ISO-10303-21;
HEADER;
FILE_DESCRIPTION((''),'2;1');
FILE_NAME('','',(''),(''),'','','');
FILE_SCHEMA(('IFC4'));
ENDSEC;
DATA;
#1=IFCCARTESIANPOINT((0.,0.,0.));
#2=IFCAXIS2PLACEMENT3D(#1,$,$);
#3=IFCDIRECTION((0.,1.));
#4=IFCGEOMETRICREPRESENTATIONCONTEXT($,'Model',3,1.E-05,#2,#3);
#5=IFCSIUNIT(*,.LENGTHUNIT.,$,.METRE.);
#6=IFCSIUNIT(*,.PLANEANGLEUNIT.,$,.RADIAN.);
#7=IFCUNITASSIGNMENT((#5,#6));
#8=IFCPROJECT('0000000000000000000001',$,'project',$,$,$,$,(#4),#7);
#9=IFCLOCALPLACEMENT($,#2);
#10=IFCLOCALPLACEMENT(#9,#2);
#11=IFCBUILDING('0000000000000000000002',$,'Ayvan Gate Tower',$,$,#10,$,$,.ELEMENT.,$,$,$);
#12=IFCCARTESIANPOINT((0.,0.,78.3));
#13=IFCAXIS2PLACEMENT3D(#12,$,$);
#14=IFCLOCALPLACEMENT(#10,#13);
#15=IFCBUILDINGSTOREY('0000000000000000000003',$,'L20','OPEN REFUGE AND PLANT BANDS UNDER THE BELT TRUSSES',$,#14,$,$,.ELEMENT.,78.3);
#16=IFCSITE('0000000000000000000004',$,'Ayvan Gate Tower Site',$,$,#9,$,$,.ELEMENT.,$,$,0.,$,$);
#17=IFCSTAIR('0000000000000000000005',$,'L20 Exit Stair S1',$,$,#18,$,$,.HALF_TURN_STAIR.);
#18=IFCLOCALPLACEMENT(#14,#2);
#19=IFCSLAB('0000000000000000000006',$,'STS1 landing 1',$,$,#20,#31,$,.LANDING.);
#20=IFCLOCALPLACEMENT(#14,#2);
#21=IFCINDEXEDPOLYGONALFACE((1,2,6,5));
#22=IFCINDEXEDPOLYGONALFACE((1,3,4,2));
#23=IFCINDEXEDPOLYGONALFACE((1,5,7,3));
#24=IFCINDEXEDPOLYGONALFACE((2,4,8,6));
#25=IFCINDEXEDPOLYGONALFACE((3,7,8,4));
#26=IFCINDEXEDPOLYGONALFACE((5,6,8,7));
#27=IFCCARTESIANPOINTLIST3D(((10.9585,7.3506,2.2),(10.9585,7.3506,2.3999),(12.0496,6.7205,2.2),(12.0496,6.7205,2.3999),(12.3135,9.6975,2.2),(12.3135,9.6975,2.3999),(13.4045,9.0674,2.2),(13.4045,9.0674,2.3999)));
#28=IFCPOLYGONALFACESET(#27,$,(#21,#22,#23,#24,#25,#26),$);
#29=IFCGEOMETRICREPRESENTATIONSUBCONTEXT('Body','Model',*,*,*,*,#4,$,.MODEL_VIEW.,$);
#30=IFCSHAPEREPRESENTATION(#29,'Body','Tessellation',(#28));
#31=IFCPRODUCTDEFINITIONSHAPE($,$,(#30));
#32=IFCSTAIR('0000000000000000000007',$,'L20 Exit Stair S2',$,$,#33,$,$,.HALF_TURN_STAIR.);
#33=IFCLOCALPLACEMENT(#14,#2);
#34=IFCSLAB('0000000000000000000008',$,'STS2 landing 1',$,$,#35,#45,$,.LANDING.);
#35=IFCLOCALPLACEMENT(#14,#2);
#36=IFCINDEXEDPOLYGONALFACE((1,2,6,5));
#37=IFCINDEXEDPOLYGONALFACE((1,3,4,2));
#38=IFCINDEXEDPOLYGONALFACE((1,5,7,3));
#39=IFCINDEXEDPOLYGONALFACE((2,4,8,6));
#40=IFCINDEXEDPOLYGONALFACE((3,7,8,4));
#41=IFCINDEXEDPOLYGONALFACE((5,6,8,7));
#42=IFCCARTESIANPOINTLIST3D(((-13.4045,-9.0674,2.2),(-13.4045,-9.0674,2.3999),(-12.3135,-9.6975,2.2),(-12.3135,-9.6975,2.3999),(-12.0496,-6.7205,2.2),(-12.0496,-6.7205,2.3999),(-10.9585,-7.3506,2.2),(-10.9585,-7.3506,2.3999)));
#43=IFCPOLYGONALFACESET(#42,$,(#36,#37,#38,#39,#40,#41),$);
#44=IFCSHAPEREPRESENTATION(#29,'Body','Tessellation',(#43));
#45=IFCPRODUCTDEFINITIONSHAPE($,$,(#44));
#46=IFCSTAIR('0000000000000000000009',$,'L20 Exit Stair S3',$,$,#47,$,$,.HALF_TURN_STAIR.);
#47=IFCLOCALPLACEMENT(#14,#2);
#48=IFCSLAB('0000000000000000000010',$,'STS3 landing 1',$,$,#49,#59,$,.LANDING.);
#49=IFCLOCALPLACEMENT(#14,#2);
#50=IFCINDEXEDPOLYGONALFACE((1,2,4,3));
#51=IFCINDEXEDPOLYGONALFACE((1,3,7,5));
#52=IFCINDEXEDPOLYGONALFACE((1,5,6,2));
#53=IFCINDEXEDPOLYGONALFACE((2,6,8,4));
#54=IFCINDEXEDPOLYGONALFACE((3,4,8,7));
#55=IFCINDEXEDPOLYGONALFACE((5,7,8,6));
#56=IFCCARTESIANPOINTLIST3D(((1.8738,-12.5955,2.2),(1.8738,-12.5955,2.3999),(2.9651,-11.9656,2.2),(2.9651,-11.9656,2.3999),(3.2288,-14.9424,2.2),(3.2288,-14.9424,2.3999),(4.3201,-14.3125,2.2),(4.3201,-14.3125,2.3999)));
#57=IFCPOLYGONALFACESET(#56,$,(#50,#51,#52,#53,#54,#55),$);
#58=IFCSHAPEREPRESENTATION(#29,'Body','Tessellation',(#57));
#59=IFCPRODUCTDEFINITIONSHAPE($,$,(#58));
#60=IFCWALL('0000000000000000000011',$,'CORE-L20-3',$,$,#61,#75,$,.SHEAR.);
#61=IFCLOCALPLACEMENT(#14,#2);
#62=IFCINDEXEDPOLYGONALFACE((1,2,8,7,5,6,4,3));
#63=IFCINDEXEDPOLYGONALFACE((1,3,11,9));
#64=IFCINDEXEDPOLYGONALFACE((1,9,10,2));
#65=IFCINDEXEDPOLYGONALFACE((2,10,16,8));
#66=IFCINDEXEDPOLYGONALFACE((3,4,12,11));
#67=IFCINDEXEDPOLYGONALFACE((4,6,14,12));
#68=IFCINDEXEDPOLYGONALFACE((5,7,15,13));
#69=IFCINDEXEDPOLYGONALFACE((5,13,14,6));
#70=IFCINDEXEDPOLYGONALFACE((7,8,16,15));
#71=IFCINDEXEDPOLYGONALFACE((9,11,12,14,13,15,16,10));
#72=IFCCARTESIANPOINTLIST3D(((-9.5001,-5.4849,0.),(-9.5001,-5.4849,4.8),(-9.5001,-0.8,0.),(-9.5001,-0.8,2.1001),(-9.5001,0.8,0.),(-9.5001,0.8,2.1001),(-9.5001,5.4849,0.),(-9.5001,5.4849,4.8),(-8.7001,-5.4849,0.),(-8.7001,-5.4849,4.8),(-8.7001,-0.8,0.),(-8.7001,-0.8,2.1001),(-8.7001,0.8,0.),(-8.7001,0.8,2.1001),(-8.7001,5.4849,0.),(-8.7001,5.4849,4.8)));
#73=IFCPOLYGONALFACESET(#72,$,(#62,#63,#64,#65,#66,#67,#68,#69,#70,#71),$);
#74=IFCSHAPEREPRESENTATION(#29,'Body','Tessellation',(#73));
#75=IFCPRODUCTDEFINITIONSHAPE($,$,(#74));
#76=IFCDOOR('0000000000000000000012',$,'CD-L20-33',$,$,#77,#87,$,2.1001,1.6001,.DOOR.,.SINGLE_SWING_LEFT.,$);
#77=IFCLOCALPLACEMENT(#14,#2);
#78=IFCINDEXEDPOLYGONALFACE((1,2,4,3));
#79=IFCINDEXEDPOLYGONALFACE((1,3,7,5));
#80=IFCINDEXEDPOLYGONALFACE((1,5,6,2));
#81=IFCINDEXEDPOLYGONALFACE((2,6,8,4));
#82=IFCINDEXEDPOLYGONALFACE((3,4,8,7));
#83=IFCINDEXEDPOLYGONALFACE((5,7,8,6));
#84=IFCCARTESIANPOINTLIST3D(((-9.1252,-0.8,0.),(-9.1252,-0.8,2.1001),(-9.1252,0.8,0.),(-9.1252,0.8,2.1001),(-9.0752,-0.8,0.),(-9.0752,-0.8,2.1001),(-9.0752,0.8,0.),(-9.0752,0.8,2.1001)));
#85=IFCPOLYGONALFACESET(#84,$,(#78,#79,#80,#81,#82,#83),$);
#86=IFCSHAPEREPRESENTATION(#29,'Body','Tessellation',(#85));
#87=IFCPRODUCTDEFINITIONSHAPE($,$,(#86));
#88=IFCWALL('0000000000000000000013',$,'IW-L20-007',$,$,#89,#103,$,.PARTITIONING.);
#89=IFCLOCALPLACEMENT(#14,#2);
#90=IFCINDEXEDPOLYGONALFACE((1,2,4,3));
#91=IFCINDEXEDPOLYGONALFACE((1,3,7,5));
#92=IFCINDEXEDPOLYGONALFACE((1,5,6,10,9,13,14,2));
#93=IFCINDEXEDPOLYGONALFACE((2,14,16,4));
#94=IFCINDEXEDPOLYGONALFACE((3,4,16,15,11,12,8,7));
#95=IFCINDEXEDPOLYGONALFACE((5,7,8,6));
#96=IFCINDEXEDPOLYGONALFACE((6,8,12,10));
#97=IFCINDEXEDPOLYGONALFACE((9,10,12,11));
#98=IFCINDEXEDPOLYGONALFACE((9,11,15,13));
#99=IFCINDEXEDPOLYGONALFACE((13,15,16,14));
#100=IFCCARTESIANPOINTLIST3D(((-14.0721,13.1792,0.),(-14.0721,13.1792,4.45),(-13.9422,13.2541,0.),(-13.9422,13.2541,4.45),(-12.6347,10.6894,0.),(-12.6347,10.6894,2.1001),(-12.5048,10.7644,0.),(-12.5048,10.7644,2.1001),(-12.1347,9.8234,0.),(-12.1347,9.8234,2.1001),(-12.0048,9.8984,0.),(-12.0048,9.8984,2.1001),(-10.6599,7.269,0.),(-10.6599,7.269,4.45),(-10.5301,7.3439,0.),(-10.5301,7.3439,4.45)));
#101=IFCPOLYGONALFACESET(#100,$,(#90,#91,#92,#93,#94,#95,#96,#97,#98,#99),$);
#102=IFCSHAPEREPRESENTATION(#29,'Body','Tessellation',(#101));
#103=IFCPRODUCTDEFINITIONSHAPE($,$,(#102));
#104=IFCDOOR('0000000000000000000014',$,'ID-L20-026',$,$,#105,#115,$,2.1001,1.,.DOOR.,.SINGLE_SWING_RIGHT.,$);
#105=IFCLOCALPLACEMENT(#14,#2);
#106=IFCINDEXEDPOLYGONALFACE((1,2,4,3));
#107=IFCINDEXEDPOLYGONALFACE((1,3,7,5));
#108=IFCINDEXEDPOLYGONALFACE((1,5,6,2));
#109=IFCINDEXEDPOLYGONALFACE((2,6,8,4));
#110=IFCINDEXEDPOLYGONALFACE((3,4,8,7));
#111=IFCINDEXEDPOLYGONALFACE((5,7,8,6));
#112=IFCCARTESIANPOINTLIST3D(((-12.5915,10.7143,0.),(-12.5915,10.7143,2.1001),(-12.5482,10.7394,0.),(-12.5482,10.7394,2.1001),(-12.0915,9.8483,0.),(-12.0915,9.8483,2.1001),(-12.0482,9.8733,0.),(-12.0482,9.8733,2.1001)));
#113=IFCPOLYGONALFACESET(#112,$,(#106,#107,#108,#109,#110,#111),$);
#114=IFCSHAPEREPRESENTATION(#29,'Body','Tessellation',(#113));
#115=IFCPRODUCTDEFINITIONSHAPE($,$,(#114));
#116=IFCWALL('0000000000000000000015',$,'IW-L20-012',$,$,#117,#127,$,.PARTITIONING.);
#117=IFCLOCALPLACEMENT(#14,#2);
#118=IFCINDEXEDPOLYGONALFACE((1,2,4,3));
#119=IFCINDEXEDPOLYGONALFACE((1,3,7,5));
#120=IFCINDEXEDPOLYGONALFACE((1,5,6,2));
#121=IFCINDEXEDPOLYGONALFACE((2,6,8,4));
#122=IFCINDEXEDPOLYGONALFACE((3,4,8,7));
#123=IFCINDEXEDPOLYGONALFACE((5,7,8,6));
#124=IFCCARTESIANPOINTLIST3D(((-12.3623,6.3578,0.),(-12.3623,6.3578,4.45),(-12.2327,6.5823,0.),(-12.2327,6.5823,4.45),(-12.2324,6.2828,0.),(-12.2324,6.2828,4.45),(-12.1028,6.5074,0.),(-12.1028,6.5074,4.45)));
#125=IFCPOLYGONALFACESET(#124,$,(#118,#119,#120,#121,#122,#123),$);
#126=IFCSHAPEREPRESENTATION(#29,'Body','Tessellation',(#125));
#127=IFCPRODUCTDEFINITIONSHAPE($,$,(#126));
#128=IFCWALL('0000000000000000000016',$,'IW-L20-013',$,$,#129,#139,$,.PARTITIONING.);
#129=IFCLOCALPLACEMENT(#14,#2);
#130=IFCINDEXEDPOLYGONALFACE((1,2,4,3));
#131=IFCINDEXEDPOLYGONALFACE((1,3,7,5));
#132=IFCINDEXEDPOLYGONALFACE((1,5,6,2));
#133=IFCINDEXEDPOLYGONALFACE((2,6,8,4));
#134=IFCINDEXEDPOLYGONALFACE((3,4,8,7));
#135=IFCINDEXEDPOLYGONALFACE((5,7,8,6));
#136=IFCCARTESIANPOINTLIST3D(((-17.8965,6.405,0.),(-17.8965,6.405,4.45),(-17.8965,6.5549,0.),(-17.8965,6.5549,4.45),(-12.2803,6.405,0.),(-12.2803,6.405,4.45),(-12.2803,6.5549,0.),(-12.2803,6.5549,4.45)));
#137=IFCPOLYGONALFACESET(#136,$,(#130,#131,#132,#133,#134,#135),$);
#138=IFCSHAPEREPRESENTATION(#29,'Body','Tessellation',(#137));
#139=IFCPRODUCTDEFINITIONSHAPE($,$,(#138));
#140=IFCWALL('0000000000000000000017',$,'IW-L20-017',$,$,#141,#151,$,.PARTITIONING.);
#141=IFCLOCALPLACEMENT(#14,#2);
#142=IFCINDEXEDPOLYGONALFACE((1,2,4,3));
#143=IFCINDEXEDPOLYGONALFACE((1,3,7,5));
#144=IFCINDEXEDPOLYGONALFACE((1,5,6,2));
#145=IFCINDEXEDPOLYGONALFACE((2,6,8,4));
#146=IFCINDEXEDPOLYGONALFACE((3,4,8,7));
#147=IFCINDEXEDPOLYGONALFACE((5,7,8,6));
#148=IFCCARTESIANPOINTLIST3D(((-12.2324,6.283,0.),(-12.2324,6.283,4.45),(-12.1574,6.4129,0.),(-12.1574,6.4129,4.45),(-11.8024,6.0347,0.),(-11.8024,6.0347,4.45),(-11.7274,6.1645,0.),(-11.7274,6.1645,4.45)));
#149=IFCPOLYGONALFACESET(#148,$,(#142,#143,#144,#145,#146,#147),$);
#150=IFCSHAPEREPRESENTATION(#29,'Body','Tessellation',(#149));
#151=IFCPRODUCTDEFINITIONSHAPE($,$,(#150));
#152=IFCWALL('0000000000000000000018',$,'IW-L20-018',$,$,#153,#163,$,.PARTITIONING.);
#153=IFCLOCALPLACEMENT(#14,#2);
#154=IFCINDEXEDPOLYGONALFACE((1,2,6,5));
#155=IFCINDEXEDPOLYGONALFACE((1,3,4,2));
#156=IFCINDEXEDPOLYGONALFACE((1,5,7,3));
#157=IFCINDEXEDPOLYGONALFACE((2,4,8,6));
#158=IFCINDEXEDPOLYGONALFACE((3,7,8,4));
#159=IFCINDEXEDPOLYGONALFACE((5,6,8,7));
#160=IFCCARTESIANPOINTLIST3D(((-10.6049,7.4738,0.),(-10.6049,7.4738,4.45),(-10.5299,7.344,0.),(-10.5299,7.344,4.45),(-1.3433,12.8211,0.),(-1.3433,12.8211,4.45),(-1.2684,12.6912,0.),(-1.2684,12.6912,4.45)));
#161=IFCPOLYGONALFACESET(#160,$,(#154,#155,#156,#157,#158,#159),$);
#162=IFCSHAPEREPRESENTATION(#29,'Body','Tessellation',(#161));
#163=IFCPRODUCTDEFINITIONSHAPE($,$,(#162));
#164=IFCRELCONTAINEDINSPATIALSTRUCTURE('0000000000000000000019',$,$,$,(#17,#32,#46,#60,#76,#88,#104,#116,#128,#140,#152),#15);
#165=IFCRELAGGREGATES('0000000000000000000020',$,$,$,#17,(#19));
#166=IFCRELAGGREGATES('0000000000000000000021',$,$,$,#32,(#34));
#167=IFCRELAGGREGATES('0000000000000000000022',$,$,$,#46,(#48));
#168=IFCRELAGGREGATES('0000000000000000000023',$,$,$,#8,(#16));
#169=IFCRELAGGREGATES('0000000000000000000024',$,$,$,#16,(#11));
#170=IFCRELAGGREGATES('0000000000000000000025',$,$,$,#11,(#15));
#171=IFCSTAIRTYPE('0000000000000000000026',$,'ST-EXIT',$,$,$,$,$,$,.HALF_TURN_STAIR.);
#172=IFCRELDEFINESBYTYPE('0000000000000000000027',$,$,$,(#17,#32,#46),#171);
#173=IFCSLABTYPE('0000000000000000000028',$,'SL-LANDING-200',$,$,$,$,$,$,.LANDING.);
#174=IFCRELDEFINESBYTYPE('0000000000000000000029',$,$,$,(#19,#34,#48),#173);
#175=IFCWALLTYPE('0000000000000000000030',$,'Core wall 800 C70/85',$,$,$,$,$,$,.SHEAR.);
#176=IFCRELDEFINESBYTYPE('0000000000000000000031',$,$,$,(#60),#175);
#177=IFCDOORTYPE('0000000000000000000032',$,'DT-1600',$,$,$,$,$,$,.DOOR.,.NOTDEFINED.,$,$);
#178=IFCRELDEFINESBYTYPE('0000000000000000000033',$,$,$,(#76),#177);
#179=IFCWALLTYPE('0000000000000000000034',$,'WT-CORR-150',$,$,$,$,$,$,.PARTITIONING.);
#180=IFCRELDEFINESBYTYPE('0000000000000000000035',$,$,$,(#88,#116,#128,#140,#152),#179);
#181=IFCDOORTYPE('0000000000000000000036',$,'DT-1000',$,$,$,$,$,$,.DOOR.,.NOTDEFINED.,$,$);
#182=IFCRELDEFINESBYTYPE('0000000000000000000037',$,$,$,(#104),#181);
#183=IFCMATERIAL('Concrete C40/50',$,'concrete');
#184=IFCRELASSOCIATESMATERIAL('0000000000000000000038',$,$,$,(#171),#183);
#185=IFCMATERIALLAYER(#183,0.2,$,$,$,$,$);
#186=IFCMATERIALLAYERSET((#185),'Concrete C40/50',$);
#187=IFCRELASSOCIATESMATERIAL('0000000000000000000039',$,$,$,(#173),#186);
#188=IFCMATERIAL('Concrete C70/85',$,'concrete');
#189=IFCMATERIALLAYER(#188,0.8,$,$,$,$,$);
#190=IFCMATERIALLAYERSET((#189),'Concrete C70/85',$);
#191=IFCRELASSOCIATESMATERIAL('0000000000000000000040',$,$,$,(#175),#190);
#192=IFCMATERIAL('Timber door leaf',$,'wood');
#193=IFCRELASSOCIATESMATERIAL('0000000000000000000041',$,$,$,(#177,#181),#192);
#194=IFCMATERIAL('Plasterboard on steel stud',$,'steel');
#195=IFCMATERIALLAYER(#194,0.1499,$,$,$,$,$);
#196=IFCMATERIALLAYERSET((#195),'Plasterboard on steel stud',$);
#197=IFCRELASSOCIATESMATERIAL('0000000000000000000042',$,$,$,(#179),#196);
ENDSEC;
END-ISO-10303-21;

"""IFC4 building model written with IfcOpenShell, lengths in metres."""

from ifc_helpers import new_model, si_unit, direction, frame, frame_2d, origin, place, context, subcontext, project, spatial, polyline, rectangle, outline, extrude, material, layer, layer_set, type_object, element, fill, aggregate, save


model = new_model("IFC4")

# Units and contexts
model_context = context("Model", 3, precision=1e-05, world=origin(), true_north=direction((0.0, 1.0)))
body_context = subcontext(model_context, "Body", "Model", "MODEL_VIEW")
ifc_project = project(units=[si_unit("LENGTHUNIT", "METRE"), si_unit("PLANEANGLEUNIT", "RADIAN")], contexts=[model_context])

# Site, building, storey
site_placement = place(None, origin())
site = spatial("IfcSite", under=ifc_project, at=site_placement, Name="Ayvan Gate Tower Site", CompositionType="ELEMENT", RefElevation=0.0)
building_placement = place(site_placement, origin())
building = spatial("IfcBuilding", under=site, at=building_placement, Name="Ayvan Gate Tower", CompositionType="ELEMENT")
storey_placement = place(building_placement, frame((0.0, 0.0, 78.3)))
storey = spatial("IfcBuildingStorey", under=building, at=storey_placement, Name="L20", Description="OPEN REFUGE AND PLANT BANDS UNDER THE BELT TRUSSES", CompositionType="ELEMENT", Elevation=78.3)

# Shared definitions
ifc_material_1 = material(Name="Concrete C40/50", Category="concrete")

# Stairs, slabs
stair_type = type_object("IfcStairType", Name="ST-EXIT", PredefinedType="HALF_TURN_STAIR", material=ifc_material_1)
stair_1_placement = place(storey_placement, origin())
stair_1 = element("IfcStair", 1, at=stair_1_placement, inside=storey, type_object=stair_type, Name="L20 Exit Stair S1", PredefinedType="HALF_TURN_STAIR")
ifc_layer_1 = layer(ifc_material_1, 0.2)
ifc_layer_set_1 = layer_set([ifc_layer_1], Name="Concrete C40/50")
slab_type_1 = type_object("IfcSlabType", Name="SL-LANDING-200", PredefinedType="LANDING", material=ifc_layer_set_1)
slab_1_placement = place(storey_placement, frame((0.0, 0.0, 2.2)))
slab_1 = element("IfcSlab", 2, at=slab_1_placement, type_object=slab_type_1, Name="STS1 landing 1", PredefinedType="LANDING", context=body_context, shape_type="SweptSolid", body=[
    extrude(outline(polyline([(10.9585, 7.3506), (12.0496, 6.7205), (13.4045, 9.0674), (12.3135, 9.6975), (10.9585, 7.3506)])), origin(), (0.0, 0.0, 1.0), 0.2),
])
aggregate(stair_1, [slab_1])
stair_2_placement = place(storey_placement, origin())
stair_2 = element("IfcStair", 3, at=stair_2_placement, inside=storey, type_object=stair_type, Name="L20 Exit Stair S2", PredefinedType="HALF_TURN_STAIR")
slab_2_placement = place(storey_placement, frame((0.0, 0.0, 2.2)))
slab_2 = element("IfcSlab", 4, at=slab_2_placement, type_object=slab_type_1, Name="STS2 landing 1", PredefinedType="LANDING", context=body_context, shape_type="SweptSolid", body=[
    extrude(outline(polyline([(-10.9585, -7.3506), (-12.0496, -6.7205), (-13.4045, -9.0674), (-12.3135, -9.6975), (-10.9585, -7.3506)])), origin(), (0.0, 0.0, 1.0), 0.2),
])
aggregate(stair_2, [slab_2])
stair_3_placement = place(storey_placement, origin())
stair_3 = element("IfcStair", 5, at=stair_3_placement, inside=storey, type_object=stair_type, Name="L20 Exit Stair S3", PredefinedType="HALF_TURN_STAIR")
slab_3_placement = place(storey_placement, frame((0.0, 0.0, 2.2)))
slab_3 = element("IfcSlab", 6, at=slab_3_placement, type_object=slab_type_1, Name="STS3 landing 1", PredefinedType="LANDING", context=body_context, shape_type="SweptSolid", body=[
    extrude(outline(polyline([(2.9651, -11.9656), (1.8738, -12.5955), (3.2288, -14.9424), (4.3201, -14.3125), (2.9651, -11.9656)])), origin(), (0.0, 0.0, 1.0), 0.2),
])
aggregate(stair_3, [slab_3])

# Walls, openings, doors
ifc_material_2 = material(Name="Concrete C70/85", Category="concrete")
ifc_layer_2 = layer(ifc_material_2, 0.8)
ifc_layer_set_2 = layer_set([ifc_layer_2], Name="Concrete C70/85")
wall_type_1 = type_object("IfcWallType", Name="Core wall 800 C70/85", PredefinedType="SHEAR", material=ifc_layer_set_2)
wall_1_placement = place(storey_placement, frame((-9.1001, 5.4849, 0.0), z_axis=(0.0, 0.0, 1.0), x_axis=(0.0, -1.0, 0.0)))
wall_1 = element("IfcWall", 7, at=wall_1_placement, inside=storey, type_object=wall_type_1, Name="CORE-L20-3", PredefinedType="SHEAR", context=body_context, shape_type="SweptSolid", body=[
    extrude(rectangle(XDim=10.9697, YDim=0.8, at=frame_2d((5.4849, 0.0))), origin(), (0.0, 0.0, 1.0), 4.8),
])
opening_1_placement = place(wall_1_placement, frame((4.6848, 0.0, 0.0)))
opening_1 = element("IfcOpeningElement", 8, at=opening_1_placement, cuts=wall_1, PredefinedType="OPENING", context=body_context, shape_type="SweptSolid", body=[
    extrude(rectangle(XDim=1.6001, YDim=2.1001, at=frame_2d((0.8, 1.05))), frame((0.0, 0.4099, 0.0), z_axis=(0.0, -1.0, 0.0), x_axis=(1.0, 0.0, 0.0)), (0.0, 0.0, 1.0), 0.8201),
])
ifc_material_3 = material(Name="Timber door leaf", Category="wood")
door_type_1 = type_object("IfcDoorType", Name="DT-1600", OperationType="NOTDEFINED", PredefinedType="DOOR", material=ifc_material_3)
door_1_placement = place(opening_1_placement, origin())
door_1 = element("IfcDoor", 9, at=door_1_placement, inside=storey, type_object=door_type_1, Name="CD-L20-33", OperationType="SINGLE_SWING_LEFT", OverallHeight=2.1001, OverallWidth=1.6001, PredefinedType="DOOR", context=body_context, shape_type="SweptSolid", body=[
    extrude(rectangle(XDim=1.6001, YDim=2.1001, at=frame_2d((0.8, 1.05))), frame((0.0, 0.0249, 0.0), z_axis=(0.0, -1.0, 0.0), x_axis=(1.0, 0.0, 0.0)), (0.0, 0.0, 1.0), 0.05),
])
fill(opening_1, door_1)
ifc_material_4 = material(Name="Plasterboard on steel stud", Category="steel")
ifc_layer_3 = layer(ifc_material_4, 0.1499)
ifc_layer_set_3 = layer_set([ifc_layer_3], Name="Plasterboard on steel stud")
wall_type_2 = type_object("IfcWallType", Name="WT-CORR-150", PredefinedType="PARTITIONING", material=ifc_layer_set_3)
wall_2_placement = place(storey_placement, frame((-14.0071, 13.2166, 0.0), z_axis=(0.0, 0.0, 1.0), x_axis=(0.499987, -0.866033, 0.0)))
wall_2 = element("IfcWall", 10, at=wall_2_placement, inside=storey, type_object=wall_type_2, Name="IW-L20-007", PredefinedType="PARTITIONING", context=body_context, shape_type="SweptSolid", body=[
    extrude(rectangle(XDim=6.8245, YDim=0.1499, at=frame_2d((3.4121, 0.0))), origin(), (0.0, 0.0, 1.0), 4.45),
])
opening_2_placement = place(wall_2_placement, frame((2.8748, 0.0, 0.0)))
opening_2 = element("IfcOpeningElement", 11, at=opening_2_placement, cuts=wall_2, PredefinedType="OPENING", context=body_context, shape_type="SweptSolid", body=[
    extrude(rectangle(XDim=1.0, YDim=2.1001, at=frame_2d((0.5, 1.05))), frame((0.0, 0.085, 0.0), z_axis=(0.0, -1.0, 0.0), x_axis=(1.0, 0.0, 0.0)), (0.0, 0.0, 1.0), 0.1699),
])
door_type_2 = type_object("IfcDoorType", Name="DT-1000", OperationType="NOTDEFINED", PredefinedType="DOOR", material=ifc_material_3)
door_2_placement = place(opening_2_placement, origin())
door_2 = element("IfcDoor", 12, at=door_2_placement, inside=storey, type_object=door_type_2, Name="ID-L20-026", OperationType="SINGLE_SWING_RIGHT", OverallHeight=2.1001, OverallWidth=1.0, PredefinedType="DOOR", context=body_context, shape_type="SweptSolid", body=[
    extrude(rectangle(XDim=1.0, YDim=2.1001, at=frame_2d((0.5, 1.05))), frame((0.0, 0.0249, 0.0), z_axis=(0.0, -1.0, 0.0), x_axis=(1.0, 0.0, 0.0)), (0.0, 0.0, 1.0), 0.05),
])
fill(opening_2, door_2)

# Walls
wall_3_placement = place(storey_placement, frame((-12.2974, 6.3203, 0.0), z_axis=(0.0, 0.0, 1.0), x_axis=(0.499885, 0.866092, 0.0)))
element("IfcWall", 13, at=wall_3_placement, inside=storey, type_object=wall_type_2, Name="IW-L20-012", PredefinedType="PARTITIONING", context=body_context, shape_type="SweptSolid", body=[
    extrude(rectangle(XDim=0.2593, YDim=0.1499, at=frame_2d((0.1296, 0.0))), origin(), (0.0, 0.0, 1.0), 4.45),
])
wall_4_placement = place(storey_placement, frame((-12.2803, 6.48, 0.0), z_axis=(0.0, 0.0, 1.0), x_axis=(-1.0, 0.0, 0.0)))
element("IfcWall", 14, at=wall_4_placement, inside=storey, type_object=wall_type_2, Name="IW-L20-013", PredefinedType="PARTITIONING", context=body_context, shape_type="SweptSolid", body=[
    extrude(rectangle(XDim=5.6162, YDim=0.1499, at=frame_2d((2.8081, 0.0))), origin(), (0.0, 0.0, 1.0), 4.45),
])
wall_5_placement = place(storey_placement, frame((-11.7649, 6.0996, 0.0), z_axis=(0.0, 0.0, 1.0), x_axis=(-0.865964, 0.500106, 0.0)))
element("IfcWall", 15, at=wall_5_placement, inside=storey, type_object=wall_type_2, Name="IW-L20-017", PredefinedType="PARTITIONING", context=body_context, shape_type="SweptSolid", body=[
    extrude(rectangle(XDim=0.4966, YDim=0.1499, at=frame_2d((0.2483, 0.0))), origin(), (0.0, 0.0, 1.0), 4.45),
])
wall_6_placement = place(storey_placement, frame((-10.5674, 7.4089, 0.0), z_axis=(0.0, 0.0, 1.0), x_axis=(0.866023, 0.500004, 0.0)))
element("IfcWall", 16, at=wall_6_placement, inside=storey, type_object=wall_type_2, Name="IW-L20-018", PredefinedType="PARTITIONING", context=body_context, shape_type="SweptSolid", body=[
    extrude(rectangle(XDim=10.6943, YDim=0.1499, at=frame_2d((5.3472, 0.0))), origin(), (0.0, 0.0, 1.0), 4.45),
])

save(model, "model.ifc")
